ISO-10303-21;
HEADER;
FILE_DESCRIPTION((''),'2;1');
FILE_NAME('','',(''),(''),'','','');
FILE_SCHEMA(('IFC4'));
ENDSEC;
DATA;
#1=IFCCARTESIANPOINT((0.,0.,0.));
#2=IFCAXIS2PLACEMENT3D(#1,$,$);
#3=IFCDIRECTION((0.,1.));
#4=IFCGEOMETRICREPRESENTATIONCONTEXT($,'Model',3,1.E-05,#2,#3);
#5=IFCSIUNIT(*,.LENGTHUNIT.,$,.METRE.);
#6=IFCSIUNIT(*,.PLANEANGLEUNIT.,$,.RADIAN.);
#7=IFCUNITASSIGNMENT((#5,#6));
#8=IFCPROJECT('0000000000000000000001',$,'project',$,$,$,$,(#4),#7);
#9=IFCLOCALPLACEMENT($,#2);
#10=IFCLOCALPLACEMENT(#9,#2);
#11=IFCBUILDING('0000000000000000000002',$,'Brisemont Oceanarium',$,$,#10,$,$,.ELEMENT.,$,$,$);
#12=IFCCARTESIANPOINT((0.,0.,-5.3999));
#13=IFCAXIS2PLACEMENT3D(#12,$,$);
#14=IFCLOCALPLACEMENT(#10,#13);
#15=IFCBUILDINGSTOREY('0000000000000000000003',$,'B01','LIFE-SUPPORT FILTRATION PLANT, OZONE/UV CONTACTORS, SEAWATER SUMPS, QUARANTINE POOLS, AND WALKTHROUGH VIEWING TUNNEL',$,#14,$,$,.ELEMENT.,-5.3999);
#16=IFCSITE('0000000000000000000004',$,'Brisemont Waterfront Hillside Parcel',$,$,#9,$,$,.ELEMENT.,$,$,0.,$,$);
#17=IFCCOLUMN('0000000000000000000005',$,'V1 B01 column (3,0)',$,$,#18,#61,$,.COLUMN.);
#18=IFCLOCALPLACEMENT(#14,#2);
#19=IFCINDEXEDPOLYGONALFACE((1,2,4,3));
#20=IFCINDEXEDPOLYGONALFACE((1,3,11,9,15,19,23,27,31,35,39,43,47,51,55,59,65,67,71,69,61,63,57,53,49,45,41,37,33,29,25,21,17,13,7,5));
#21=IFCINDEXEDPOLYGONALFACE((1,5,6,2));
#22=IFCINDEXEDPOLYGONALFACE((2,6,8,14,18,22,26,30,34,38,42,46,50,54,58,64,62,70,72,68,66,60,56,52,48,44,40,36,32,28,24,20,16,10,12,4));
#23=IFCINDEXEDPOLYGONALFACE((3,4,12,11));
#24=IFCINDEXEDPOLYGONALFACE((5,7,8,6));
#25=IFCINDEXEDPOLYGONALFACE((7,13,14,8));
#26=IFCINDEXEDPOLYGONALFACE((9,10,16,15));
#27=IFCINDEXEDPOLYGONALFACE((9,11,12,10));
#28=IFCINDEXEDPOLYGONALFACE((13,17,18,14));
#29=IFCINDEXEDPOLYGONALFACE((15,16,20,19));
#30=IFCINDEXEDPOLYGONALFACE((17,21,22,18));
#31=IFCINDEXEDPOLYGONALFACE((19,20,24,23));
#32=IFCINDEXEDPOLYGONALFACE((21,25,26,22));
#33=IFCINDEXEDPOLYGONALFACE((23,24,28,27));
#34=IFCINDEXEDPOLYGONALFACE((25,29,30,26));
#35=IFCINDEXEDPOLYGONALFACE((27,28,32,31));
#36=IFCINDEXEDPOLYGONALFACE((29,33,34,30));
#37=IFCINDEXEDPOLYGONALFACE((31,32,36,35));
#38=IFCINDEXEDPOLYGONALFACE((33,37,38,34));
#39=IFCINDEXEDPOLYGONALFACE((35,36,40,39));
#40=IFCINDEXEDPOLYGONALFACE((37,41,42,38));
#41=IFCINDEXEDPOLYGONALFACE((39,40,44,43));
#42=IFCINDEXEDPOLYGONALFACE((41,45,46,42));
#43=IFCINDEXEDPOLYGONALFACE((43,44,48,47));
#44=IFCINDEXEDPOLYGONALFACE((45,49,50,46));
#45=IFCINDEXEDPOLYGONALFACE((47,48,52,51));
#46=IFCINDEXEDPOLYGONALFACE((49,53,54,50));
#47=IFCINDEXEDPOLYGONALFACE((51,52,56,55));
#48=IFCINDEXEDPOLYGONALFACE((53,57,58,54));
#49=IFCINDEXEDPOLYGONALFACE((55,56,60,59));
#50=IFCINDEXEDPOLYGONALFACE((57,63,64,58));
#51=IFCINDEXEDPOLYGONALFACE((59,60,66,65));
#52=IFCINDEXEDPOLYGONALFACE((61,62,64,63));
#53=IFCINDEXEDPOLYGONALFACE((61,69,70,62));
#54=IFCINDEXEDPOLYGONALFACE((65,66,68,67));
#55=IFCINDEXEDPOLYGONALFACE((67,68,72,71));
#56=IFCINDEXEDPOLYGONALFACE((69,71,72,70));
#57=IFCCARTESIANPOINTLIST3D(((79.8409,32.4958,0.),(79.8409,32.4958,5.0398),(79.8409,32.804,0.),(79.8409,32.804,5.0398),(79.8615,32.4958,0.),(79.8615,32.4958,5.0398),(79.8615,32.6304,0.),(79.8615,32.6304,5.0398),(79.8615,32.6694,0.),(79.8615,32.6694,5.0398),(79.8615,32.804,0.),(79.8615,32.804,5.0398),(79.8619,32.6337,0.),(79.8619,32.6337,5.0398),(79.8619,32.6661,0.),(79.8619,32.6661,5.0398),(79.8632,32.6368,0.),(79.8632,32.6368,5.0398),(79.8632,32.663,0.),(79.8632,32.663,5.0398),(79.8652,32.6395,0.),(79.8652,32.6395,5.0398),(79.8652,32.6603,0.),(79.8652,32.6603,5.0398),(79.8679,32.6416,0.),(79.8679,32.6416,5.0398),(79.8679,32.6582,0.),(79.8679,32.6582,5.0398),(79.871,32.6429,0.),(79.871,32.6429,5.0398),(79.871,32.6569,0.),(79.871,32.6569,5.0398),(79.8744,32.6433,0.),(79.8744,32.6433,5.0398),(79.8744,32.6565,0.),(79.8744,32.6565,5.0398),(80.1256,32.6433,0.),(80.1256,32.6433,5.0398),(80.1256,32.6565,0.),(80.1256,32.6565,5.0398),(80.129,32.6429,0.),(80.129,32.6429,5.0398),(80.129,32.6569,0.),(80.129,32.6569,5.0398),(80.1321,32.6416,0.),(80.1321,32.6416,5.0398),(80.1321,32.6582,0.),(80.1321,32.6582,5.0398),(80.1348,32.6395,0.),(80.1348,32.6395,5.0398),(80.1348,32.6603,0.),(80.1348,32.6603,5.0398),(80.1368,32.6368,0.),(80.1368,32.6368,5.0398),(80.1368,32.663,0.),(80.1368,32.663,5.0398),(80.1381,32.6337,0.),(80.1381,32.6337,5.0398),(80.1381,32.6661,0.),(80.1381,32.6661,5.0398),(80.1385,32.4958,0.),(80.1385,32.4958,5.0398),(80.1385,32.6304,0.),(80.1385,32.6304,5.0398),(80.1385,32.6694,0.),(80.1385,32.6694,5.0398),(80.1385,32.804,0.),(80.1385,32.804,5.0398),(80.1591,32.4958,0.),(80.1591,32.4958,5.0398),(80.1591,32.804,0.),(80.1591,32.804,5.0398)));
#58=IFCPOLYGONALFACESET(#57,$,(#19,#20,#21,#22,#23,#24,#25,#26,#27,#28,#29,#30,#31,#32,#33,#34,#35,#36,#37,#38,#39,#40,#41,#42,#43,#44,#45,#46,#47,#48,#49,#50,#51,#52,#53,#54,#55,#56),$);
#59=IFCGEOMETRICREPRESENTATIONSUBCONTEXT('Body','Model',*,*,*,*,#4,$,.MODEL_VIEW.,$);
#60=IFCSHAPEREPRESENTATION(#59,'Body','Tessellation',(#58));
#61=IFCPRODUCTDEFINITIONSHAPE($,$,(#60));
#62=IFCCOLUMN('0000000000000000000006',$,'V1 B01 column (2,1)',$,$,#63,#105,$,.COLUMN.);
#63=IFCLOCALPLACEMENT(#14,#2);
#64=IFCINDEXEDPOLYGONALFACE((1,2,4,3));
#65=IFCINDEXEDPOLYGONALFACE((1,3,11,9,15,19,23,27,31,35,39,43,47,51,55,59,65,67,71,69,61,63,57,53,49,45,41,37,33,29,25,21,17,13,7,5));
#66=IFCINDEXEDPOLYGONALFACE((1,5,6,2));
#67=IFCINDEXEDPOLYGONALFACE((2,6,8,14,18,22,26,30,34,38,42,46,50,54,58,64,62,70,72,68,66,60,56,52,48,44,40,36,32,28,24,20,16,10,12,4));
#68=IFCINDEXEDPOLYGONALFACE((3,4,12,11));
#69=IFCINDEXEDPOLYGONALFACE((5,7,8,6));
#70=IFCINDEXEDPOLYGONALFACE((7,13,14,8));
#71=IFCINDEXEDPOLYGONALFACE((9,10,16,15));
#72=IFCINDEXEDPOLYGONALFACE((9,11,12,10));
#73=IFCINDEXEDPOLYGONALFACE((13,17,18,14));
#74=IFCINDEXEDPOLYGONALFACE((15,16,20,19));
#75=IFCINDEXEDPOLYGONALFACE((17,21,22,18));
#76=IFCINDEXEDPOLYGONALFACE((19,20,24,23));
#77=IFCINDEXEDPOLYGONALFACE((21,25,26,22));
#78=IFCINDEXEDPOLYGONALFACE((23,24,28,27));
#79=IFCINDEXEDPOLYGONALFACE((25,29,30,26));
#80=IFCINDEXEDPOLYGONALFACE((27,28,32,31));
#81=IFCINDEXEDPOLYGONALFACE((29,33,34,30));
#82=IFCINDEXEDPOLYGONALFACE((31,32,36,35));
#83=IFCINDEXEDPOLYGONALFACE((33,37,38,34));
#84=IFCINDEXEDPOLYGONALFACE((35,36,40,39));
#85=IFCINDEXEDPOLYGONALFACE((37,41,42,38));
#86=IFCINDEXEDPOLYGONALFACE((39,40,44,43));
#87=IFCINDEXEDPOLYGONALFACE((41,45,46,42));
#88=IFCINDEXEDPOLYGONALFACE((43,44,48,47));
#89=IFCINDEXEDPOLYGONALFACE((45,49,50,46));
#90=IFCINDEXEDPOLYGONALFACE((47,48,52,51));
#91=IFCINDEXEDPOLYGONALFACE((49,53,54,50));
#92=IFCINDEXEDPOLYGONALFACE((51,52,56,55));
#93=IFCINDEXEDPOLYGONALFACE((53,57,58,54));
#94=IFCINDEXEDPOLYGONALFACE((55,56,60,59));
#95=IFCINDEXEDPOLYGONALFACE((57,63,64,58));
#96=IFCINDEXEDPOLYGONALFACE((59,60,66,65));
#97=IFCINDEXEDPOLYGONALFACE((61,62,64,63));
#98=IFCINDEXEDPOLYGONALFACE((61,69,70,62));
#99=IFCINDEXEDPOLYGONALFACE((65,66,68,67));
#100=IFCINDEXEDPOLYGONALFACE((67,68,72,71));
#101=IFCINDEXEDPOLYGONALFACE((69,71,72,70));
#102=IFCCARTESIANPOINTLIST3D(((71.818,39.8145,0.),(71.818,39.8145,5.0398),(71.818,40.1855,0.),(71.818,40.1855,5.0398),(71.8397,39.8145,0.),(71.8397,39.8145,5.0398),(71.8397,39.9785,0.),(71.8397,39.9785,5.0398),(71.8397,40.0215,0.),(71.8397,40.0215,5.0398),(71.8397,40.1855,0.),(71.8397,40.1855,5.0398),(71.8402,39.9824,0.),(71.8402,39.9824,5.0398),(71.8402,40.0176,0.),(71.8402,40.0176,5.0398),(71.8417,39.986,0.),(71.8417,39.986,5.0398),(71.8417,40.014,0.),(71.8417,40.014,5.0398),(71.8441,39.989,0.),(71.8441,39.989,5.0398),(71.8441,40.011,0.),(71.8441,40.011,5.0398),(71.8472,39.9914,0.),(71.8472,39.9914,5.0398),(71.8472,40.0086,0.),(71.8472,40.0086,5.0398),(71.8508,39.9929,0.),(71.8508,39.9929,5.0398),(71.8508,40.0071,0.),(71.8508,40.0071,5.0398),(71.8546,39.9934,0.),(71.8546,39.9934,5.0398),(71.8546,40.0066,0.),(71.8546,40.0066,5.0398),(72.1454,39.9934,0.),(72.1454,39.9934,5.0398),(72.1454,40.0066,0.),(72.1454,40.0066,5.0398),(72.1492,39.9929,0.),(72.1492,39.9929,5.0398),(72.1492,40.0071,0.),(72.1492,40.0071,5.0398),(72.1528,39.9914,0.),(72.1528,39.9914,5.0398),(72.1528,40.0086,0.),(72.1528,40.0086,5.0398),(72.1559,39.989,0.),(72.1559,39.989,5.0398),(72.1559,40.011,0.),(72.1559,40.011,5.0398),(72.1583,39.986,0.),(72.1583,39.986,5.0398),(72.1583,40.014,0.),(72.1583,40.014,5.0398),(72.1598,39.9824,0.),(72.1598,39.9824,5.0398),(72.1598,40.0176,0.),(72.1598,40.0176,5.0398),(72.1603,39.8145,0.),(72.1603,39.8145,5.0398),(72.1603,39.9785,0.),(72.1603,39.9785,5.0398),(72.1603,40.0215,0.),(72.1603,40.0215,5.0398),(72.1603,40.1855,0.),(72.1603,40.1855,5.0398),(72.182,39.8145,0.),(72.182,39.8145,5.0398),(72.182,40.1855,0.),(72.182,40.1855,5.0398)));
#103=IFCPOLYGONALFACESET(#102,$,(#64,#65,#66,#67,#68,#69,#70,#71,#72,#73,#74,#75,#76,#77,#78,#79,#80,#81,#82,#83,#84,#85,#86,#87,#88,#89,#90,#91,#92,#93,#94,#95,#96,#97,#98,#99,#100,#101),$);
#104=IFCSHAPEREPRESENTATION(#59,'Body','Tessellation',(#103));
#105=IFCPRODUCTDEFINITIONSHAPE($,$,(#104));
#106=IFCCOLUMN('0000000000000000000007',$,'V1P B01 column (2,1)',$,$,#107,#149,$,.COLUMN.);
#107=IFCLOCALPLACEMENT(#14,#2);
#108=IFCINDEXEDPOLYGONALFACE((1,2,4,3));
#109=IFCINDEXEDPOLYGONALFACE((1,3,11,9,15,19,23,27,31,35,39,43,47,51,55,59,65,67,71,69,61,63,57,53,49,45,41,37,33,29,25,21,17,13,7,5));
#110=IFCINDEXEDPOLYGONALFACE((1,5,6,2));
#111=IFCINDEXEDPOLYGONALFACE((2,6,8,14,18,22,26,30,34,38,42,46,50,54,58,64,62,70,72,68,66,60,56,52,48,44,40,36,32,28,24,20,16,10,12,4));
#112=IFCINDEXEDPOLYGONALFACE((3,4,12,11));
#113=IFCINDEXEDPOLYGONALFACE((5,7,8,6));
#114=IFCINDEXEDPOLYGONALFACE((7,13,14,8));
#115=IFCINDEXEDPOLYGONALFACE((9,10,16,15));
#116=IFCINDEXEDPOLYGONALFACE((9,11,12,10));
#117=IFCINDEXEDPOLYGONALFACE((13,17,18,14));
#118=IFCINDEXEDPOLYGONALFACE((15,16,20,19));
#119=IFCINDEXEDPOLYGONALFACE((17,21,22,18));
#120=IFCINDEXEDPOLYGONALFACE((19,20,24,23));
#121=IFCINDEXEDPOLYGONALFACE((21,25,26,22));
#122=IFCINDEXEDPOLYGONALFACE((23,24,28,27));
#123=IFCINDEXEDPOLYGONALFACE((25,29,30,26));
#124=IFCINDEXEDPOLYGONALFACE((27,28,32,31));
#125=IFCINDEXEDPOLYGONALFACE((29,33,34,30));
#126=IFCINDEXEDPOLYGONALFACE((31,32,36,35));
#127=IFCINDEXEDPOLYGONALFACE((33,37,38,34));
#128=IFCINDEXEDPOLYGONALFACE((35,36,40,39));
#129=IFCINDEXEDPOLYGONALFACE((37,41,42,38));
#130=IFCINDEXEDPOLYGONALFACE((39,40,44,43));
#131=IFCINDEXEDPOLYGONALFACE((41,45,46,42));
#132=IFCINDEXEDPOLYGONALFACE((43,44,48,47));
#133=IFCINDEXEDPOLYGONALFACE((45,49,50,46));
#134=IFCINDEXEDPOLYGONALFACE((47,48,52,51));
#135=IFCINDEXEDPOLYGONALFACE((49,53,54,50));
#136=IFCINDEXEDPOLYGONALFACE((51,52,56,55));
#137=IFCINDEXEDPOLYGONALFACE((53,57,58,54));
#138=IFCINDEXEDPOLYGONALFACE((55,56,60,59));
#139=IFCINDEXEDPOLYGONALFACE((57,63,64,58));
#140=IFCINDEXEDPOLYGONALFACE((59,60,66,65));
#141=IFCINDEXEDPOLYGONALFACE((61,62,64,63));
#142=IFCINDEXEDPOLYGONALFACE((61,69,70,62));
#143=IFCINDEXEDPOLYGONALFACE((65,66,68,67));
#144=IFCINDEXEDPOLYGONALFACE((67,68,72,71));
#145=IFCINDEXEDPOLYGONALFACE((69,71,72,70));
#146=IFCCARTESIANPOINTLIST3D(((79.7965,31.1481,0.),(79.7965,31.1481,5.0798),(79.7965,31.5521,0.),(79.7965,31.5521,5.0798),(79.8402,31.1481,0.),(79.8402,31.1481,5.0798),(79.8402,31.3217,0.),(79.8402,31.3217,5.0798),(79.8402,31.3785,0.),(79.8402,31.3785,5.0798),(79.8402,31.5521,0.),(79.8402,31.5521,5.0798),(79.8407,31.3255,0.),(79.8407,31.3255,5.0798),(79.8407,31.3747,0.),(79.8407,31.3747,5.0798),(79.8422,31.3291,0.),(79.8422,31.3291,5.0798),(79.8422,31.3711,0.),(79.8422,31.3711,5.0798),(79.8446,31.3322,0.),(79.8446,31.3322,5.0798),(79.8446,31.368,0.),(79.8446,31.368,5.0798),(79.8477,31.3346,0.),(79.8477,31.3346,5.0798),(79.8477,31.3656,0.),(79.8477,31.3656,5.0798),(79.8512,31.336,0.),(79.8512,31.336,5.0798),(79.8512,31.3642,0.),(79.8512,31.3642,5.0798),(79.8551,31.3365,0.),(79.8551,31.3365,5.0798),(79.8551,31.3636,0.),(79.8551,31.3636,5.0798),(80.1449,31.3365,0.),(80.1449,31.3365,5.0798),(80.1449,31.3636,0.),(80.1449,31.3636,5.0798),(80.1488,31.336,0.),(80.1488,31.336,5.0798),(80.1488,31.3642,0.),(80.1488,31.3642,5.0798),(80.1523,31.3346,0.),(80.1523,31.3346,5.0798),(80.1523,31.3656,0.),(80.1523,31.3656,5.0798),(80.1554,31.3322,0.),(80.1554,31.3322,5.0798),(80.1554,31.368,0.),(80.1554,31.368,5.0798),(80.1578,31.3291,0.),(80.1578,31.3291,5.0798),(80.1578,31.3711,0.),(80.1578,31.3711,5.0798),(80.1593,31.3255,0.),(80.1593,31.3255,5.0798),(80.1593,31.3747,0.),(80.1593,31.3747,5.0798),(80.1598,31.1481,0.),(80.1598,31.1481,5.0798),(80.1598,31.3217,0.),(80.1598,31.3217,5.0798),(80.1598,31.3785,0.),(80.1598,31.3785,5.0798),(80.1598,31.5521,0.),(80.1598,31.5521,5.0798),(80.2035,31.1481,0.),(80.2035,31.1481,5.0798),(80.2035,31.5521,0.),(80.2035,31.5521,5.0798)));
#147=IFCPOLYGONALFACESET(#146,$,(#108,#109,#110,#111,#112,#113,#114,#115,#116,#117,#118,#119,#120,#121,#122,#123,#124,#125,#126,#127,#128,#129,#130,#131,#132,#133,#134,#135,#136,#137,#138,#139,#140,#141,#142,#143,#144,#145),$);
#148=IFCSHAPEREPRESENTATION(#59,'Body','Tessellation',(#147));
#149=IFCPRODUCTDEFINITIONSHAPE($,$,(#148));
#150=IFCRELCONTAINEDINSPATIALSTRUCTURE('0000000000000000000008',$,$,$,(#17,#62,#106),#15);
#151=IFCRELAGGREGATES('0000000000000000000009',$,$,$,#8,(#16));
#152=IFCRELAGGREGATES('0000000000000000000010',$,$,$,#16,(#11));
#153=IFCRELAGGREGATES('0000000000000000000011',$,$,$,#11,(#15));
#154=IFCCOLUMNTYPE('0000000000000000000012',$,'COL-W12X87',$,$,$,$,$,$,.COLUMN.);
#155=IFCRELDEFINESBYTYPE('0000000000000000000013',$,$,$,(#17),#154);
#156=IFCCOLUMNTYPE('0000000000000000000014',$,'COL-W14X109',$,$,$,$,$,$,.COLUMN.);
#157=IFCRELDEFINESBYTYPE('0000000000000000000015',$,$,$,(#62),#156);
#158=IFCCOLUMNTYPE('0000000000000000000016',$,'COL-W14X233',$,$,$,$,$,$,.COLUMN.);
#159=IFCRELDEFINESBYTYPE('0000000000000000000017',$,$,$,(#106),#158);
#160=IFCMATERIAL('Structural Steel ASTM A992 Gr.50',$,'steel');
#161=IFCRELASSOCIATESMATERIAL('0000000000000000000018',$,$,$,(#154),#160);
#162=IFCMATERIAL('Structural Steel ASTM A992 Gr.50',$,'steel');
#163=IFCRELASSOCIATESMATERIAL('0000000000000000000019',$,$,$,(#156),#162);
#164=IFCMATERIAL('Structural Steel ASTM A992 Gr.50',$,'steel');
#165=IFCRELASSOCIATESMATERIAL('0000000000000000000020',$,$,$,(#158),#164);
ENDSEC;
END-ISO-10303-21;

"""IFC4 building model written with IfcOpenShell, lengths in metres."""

from ifc_helpers import new_model, si_unit, direction, frame, origin, origin_2d, place, context, subcontext, project, spatial, i_section, extrude, material, material_profile, profile_set, type_object, element, save


model = new_model("IFC4")

# Units and contexts
model_context = context("Model", 3, precision=1e-05, world=origin(), true_north=direction((0.0, 1.0)))
body_context = subcontext(model_context, "Body", "Model", "MODEL_VIEW")
ifc_project = project(units=[si_unit("LENGTHUNIT", "METRE"), si_unit("PLANEANGLEUNIT", "RADIAN")], contexts=[model_context])

# Site, building, storey
site_placement = place(None, origin())
site = spatial("IfcSite", under=ifc_project, at=site_placement, Name="Brisemont Waterfront Hillside Parcel", CompositionType="ELEMENT", RefElevation=0.0)
building_placement = place(site_placement, origin())
building = spatial("IfcBuilding", under=site, at=building_placement, Name="Brisemont Oceanarium", CompositionType="ELEMENT")
storey_placement = place(building_placement, frame((0.0, 0.0, -5.3999)))
storey = spatial("IfcBuildingStorey", under=building, at=storey_placement, Name="B01", Description="LIFE-SUPPORT FILTRATION PLANT, OZONE/UV CONTACTORS, SEAWATER SUMPS, QUARANTINE POOLS, AND WALKTHROUGH VIEWING TUNNEL", CompositionType="ELEMENT", Elevation=-5.3999)

# Columns
ifc_material_1 = material(Name="Structural Steel ASTM A992 Gr.50", Category="steel")
ifc_material_profile_1 = material_profile(ifc_material_1, i_section(OverallWidth=0.3081, OverallDepth=0.3181, WebThickness=0.0132, FlangeThickness=0.0205, FilletRadius=0.0129, at=origin_2d()), Name="W12X87")
ifc_profile_set_1 = profile_set([ifc_material_profile_1], Name="Structural Steel ASTM A992 Gr.50")
column_type_1 = type_object("IfcColumnType", Name="COL-W12X87", PredefinedType="COLUMN", material=ifc_profile_set_1)
column_1_placement = place(storey_placement, frame((80.0, 32.6499, 0.0), z_axis=(0.0, 0.0, 1.0), x_axis=(0.0, 1.0, 0.0)))
element("IfcColumn", 1, at=column_1_placement, inside=storey, type_object=column_type_1, Name="V1 B01 column (3,0)", PredefinedType="COLUMN", context=body_context, shape_type="SweptSolid", body=[
    extrude(i_section(OverallWidth=0.3081, OverallDepth=0.3181, WebThickness=0.0132, FlangeThickness=0.0205, FilletRadius=0.0129, at=origin_2d()), origin(), (0.0, 0.0, 1.0), 5.0398),
])
ifc_material_2 = material(Name="Structural Steel ASTM A992 Gr.50", Category="steel")
ifc_material_profile_2 = material_profile(ifc_material_2, i_section(OverallWidth=0.3711, OverallDepth=0.364, WebThickness=0.0132, FlangeThickness=0.0217, FilletRadius=0.0149, at=origin_2d()), Name="W14X109")
ifc_profile_set_2 = profile_set([ifc_material_profile_2], Name="Structural Steel ASTM A992 Gr.50")
column_type_2 = type_object("IfcColumnType", Name="COL-W14X109", PredefinedType="COLUMN", material=ifc_profile_set_2)
column_2_placement = place(storey_placement, frame((72.0, 40.0, 0.0), z_axis=(0.0, 0.0, 1.0), x_axis=(0.0, 1.0, 0.0)))
element("IfcColumn", 2, at=column_2_placement, inside=storey, type_object=column_type_2, Name="V1 B01 column (2,1)", PredefinedType="COLUMN", context=body_context, shape_type="SweptSolid", body=[
    extrude(i_section(OverallWidth=0.3711, OverallDepth=0.364, WebThickness=0.0132, FlangeThickness=0.0217, FilletRadius=0.0149, at=origin_2d()), origin(), (0.0, 0.0, 1.0), 5.0398),
])
ifc_material_3 = material(Name="Structural Steel ASTM A992 Gr.50", Category="steel")
ifc_material_profile_3 = material_profile(ifc_material_3, i_section(OverallWidth=0.4041, OverallDepth=0.407, WebThickness=0.0271, FlangeThickness=0.0437, FilletRadius=0.0149, at=origin_2d()), Name="W14X233")
ifc_profile_set_3 = profile_set([ifc_material_profile_3], Name="Structural Steel ASTM A992 Gr.50")
column_type_3 = type_object("IfcColumnType", Name="COL-W14X233", PredefinedType="COLUMN", material=ifc_profile_set_3)
column_3_placement = place(storey_placement, frame((80.0, 31.3501, 0.0), z_axis=(0.0, 0.0, 1.0), x_axis=(0.0, 1.0, 0.0)))
element("IfcColumn", 3, at=column_3_placement, inside=storey, type_object=column_type_3, Name="V1P B01 column (2,1)", PredefinedType="COLUMN", context=body_context, shape_type="SweptSolid", body=[
    extrude(i_section(OverallWidth=0.4041, OverallDepth=0.407, WebThickness=0.0271, FlangeThickness=0.0437, FilletRadius=0.0149, at=origin_2d()), origin(), (0.0, 0.0, 1.0), 5.0798),
])

save(model, "model.ifc")
